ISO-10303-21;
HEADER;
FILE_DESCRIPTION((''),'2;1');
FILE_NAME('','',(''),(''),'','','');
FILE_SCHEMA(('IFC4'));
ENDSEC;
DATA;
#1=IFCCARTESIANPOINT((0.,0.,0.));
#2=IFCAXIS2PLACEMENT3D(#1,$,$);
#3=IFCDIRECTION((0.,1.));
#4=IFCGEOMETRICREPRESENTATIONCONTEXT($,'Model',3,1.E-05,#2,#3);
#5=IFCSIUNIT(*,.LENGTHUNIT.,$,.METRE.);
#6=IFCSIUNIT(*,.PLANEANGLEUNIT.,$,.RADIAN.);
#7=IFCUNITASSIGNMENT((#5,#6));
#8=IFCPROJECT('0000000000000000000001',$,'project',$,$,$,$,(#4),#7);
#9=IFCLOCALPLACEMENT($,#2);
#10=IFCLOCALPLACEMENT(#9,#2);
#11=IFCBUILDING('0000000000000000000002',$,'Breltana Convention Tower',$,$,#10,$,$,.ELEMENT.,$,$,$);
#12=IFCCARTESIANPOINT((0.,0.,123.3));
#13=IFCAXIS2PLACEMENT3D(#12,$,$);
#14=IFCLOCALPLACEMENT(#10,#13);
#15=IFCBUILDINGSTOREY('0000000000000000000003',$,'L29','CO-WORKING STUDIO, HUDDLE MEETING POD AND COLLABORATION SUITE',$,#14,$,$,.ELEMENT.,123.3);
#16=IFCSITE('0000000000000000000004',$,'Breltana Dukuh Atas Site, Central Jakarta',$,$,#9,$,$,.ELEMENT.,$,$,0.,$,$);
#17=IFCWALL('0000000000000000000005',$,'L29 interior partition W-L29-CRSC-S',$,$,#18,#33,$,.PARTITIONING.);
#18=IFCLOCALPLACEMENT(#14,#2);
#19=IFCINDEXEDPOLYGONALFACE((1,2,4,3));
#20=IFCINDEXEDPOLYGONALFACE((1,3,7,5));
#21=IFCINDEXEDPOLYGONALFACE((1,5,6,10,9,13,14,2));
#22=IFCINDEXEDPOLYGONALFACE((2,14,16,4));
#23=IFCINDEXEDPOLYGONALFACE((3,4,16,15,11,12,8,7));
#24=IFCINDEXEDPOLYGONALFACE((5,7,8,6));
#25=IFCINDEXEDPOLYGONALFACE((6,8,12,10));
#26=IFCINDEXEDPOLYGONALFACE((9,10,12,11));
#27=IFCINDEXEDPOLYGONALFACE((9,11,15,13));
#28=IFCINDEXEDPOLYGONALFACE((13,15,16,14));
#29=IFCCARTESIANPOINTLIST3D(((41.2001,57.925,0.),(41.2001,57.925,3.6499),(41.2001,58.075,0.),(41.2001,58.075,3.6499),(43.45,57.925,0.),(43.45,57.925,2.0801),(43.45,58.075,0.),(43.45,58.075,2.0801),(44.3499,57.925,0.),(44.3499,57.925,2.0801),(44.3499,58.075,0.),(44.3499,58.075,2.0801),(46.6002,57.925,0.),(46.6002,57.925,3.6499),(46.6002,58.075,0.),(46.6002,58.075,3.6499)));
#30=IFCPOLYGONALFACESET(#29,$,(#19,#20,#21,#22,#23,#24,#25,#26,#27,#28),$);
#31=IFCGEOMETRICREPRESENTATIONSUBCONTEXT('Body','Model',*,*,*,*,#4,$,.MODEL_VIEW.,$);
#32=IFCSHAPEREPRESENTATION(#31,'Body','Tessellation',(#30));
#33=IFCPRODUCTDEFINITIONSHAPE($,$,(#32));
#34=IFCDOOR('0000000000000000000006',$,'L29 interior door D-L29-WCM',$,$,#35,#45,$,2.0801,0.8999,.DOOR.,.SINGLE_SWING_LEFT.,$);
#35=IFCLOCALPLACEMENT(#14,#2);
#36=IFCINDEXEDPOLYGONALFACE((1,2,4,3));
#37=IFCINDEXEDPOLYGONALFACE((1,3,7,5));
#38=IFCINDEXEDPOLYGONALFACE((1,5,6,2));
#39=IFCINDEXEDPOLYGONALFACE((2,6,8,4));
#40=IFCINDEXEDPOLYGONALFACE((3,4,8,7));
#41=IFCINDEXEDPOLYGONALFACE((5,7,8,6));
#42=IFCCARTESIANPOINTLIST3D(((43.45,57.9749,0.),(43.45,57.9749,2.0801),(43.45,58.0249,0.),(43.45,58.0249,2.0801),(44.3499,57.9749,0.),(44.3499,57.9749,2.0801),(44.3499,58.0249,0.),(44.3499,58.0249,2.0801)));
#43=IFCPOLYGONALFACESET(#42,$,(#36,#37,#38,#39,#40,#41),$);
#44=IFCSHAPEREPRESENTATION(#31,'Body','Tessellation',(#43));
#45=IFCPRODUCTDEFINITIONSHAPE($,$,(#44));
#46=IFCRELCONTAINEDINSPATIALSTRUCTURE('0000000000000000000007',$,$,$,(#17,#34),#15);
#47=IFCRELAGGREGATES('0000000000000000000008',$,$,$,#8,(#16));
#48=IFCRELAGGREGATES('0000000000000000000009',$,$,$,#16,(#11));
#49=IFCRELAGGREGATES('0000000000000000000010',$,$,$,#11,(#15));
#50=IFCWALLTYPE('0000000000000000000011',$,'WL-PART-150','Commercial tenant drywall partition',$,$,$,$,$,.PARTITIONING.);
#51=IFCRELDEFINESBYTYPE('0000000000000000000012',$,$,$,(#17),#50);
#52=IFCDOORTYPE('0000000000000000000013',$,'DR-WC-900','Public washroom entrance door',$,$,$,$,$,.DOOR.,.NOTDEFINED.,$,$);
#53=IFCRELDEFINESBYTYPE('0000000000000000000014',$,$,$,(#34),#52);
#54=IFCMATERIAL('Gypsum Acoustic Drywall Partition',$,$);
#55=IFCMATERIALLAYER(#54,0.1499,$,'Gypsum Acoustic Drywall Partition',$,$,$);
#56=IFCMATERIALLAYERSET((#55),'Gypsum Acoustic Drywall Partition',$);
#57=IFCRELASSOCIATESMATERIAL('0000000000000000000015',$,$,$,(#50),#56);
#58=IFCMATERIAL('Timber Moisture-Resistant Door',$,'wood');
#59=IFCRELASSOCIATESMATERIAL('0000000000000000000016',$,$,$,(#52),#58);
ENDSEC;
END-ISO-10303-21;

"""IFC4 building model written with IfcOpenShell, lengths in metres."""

from ifc_helpers import new_model, si_unit, direction, frame, frame_2d, origin, place, context, subcontext, project, spatial, rectangle, extrude, source, transform, mapped, material, layer, layer_set, type_object, type_shapes, element, fill, save


model = new_model("IFC4")

# Units and contexts
model_context = context("Model", 3, precision=1e-05, world=origin(), true_north=direction((0.0, 1.0)))
body_context = subcontext(model_context, "Body", "Model", "MODEL_VIEW")
ifc_project = project(units=[si_unit("LENGTHUNIT", "METRE"), si_unit("PLANEANGLEUNIT", "RADIAN")], contexts=[model_context])

# Site, building, storey
site_placement = place(None, origin())
site = spatial("IfcSite", under=ifc_project, at=site_placement, Name="Breltana Dukuh Atas Site, Central Jakarta", CompositionType="ELEMENT", RefElevation=0.0)
building_placement = place(site_placement, origin())
building = spatial("IfcBuilding", under=site, at=building_placement, Name="Breltana Convention Tower", CompositionType="ELEMENT")
storey_placement = place(building_placement, frame((0.0, 0.0, 123.3)))
storey = spatial("IfcBuildingStorey", under=building, at=storey_placement, Name="L29", Description="CO-WORKING STUDIO, HUDDLE MEETING POD AND COLLABORATION SUITE", CompositionType="ELEMENT", Elevation=123.3)

# Wall, opening, door
ifc_material_1 = material(Name="Gypsum Acoustic Drywall Partition")
ifc_layer_1 = layer(ifc_material_1, 0.1499, Name="Gypsum Acoustic Drywall Partition")
ifc_layer_set_1 = layer_set([ifc_layer_1], Name="Gypsum Acoustic Drywall Partition")
wall_type_1 = type_object("IfcWallType", Name="WL-PART-150", Description="Commercial tenant drywall partition", PredefinedType="PARTITIONING", material=ifc_layer_set_1)
shared_shape_1 = source(origin(), body_context, "Body", "SweptSolid", [
    extrude(rectangle(XDim=5.4001, YDim=0.1499, at=frame_2d((2.7002, 0.0))), origin(), (0.0, 0.0, 1.0), 3.6499),
])
wall_1_placement = place(storey_placement, frame((41.2, 58.0, 0.0), z_axis=(0.0, 0.0, 1.0), x_axis=(1.0, 0.0, 0.0)))
wall_1 = element("IfcWall", 1, at=wall_1_placement, inside=storey, type_object=wall_type_1, Name="L29 interior partition W-L29-CRSC-S", PredefinedType="PARTITIONING", context=body_context, shape_type="MappedRepresentation", body=[
    mapped(shared_shape_1, transform((0.0, 0.0, 0.0), scale=1.0)),
])
opening_1_placement = place(wall_1_placement, frame((2.25, 0.0, 0.0)))
opening_1 = element("IfcOpeningElement", 2, at=opening_1_placement, cuts=wall_1, PredefinedType="OPENING", context=body_context, shape_type="SweptSolid", body=[
    extrude(rectangle(XDim=0.8999, YDim=2.0801, at=frame_2d((0.45, 1.04))), frame((0.0, 0.085, 0.0), z_axis=(0.0, -1.0, 0.0), x_axis=(1.0, 0.0, 0.0)), (0.0, 0.0, 1.0), 0.1699),
])
ifc_material_2 = material(Name="Timber Moisture-Resistant Door", Category="wood")
door_type = type_object("IfcDoorType", Name="DR-WC-900", Description="Public washroom entrance door", OperationType="NOTDEFINED", PredefinedType="DOOR", material=ifc_material_2)
shared_shape_2 = source(origin(), body_context, "Body", "SweptSolid", [
    extrude(rectangle(XDim=0.8999, YDim=2.0801, at=frame_2d((0.45, 1.04))), frame((0.0, 0.0249, 0.0), z_axis=(0.0, -1.0, 0.0), x_axis=(1.0, 0.0, 0.0)), (0.0, 0.0, 1.0), 0.05),
])
type_shapes(door_type, [shared_shape_2])
door_placement = place(opening_1_placement, origin())
door = element("IfcDoor", 3, at=door_placement, inside=storey, type_object=door_type, Name="L29 interior door D-L29-WCM", OperationType="SINGLE_SWING_LEFT", OverallHeight=2.0801, OverallWidth=0.8999, PredefinedType="DOOR", context=body_context, shape_type="MappedRepresentation", body=[
    mapped(shared_shape_2, transform((0.0, 0.0, 0.0), scale=1.0)),
])
fill(opening_1, door)

save(model, "model.ifc")
